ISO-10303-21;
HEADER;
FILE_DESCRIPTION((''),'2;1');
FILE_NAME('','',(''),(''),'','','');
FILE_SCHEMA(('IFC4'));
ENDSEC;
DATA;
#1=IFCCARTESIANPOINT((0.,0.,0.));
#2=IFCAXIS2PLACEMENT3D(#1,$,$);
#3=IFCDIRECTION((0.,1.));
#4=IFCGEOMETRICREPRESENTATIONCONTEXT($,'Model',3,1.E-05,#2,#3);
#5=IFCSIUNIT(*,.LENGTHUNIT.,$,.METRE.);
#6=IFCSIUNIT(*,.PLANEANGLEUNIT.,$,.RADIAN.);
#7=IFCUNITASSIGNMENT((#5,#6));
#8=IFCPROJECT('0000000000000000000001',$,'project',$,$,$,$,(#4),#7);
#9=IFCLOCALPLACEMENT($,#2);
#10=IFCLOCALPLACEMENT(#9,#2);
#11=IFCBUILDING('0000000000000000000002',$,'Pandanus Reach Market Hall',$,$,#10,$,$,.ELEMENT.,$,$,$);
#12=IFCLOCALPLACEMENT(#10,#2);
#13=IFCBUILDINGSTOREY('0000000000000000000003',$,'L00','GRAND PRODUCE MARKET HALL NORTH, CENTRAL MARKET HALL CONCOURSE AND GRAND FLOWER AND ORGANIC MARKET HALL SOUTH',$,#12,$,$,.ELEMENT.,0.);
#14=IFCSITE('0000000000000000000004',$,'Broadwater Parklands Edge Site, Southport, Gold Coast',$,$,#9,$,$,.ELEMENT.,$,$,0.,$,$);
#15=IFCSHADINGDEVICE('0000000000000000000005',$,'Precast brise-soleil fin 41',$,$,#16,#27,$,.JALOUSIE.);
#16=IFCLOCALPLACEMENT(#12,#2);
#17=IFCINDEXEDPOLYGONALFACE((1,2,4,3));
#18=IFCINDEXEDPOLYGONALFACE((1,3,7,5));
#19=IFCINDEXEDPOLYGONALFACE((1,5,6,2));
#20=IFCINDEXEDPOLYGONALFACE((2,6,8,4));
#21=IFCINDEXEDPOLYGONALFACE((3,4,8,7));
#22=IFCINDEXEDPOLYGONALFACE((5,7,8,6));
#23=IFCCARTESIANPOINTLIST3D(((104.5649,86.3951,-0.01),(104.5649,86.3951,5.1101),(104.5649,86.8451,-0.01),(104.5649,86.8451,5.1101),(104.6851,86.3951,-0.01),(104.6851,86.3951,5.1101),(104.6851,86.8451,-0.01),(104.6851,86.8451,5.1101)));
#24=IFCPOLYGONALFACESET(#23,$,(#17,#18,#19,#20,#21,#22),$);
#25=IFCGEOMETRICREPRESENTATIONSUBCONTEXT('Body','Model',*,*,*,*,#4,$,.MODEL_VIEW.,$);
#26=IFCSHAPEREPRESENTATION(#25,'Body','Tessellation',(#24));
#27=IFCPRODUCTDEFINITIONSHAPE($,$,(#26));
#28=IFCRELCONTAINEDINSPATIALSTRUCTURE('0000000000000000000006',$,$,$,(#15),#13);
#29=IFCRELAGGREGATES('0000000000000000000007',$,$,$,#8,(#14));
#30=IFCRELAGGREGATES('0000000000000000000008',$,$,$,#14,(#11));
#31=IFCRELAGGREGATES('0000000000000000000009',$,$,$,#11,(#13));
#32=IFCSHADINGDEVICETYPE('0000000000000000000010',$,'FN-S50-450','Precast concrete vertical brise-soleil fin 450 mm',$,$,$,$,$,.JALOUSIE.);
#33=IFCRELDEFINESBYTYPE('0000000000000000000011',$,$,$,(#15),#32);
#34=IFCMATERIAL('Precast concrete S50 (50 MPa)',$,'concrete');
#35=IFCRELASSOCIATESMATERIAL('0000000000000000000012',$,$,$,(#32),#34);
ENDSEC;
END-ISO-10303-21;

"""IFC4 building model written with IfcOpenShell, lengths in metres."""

from ifc_helpers import new_model, si_unit, direction, frame, origin, origin_2d, place, context, subcontext, project, spatial, rectangle, extrude, material, type_object, element, save


model = new_model("IFC4")

# Units and contexts
model_context = context("Model", 3, precision=1e-05, world=origin(), true_north=direction((0.0, 1.0)))
body_context = subcontext(model_context, "Body", "Model", "MODEL_VIEW")
ifc_project = project(units=[si_unit("LENGTHUNIT", "METRE"), si_unit("PLANEANGLEUNIT", "RADIAN")], contexts=[model_context])

# Site, building, storey
site_placement = place(None, origin())
site = spatial("IfcSite", under=ifc_project, at=site_placement, Name="Broadwater Parklands Edge Site, Southport, Gold Coast", CompositionType="ELEMENT", RefElevation=0.0)
building_placement = place(site_placement, origin())
building = spatial("IfcBuilding", under=site, at=building_placement, Name="Pandanus Reach Market Hall", CompositionType="ELEMENT")
storey_placement = place(building_placement, origin())
storey = spatial("IfcBuildingStorey", under=building, at=storey_placement, Name="L00", Description="GRAND PRODUCE MARKET HALL NORTH, CENTRAL MARKET HALL CONCOURSE AND GRAND FLOWER AND ORGANIC MARKET HALL SOUTH", CompositionType="ELEMENT", Elevation=0.0)

# Shading device
ifc_material_1 = material(Name="Precast concrete S50 (50 MPa)", Category="concrete")
shading_device_type = type_object("IfcShadingDeviceType", Name="FN-S50-450", Description="Precast concrete vertical brise-soleil fin 450 mm", PredefinedType="JALOUSIE", material=ifc_material_1)
shading_device_placement = place(storey_placement, frame((104.625, 86.6201, -0.01), z_axis=(0.0, 0.0, 1.0), x_axis=(0.0, 1.0, 0.0)))
element("IfcShadingDevice", 1, at=shading_device_placement, inside=storey, type_object=shading_device_type, Name="Precast brise-soleil fin 41", PredefinedType="JALOUSIE", context=body_context, shape_type="SweptSolid", body=[
    extrude(rectangle(XDim=0.45, YDim=0.1201, at=origin_2d()), origin(), (0.0, 0.0, 1.0), 5.1201),
])

save(model, "model.ifc")
